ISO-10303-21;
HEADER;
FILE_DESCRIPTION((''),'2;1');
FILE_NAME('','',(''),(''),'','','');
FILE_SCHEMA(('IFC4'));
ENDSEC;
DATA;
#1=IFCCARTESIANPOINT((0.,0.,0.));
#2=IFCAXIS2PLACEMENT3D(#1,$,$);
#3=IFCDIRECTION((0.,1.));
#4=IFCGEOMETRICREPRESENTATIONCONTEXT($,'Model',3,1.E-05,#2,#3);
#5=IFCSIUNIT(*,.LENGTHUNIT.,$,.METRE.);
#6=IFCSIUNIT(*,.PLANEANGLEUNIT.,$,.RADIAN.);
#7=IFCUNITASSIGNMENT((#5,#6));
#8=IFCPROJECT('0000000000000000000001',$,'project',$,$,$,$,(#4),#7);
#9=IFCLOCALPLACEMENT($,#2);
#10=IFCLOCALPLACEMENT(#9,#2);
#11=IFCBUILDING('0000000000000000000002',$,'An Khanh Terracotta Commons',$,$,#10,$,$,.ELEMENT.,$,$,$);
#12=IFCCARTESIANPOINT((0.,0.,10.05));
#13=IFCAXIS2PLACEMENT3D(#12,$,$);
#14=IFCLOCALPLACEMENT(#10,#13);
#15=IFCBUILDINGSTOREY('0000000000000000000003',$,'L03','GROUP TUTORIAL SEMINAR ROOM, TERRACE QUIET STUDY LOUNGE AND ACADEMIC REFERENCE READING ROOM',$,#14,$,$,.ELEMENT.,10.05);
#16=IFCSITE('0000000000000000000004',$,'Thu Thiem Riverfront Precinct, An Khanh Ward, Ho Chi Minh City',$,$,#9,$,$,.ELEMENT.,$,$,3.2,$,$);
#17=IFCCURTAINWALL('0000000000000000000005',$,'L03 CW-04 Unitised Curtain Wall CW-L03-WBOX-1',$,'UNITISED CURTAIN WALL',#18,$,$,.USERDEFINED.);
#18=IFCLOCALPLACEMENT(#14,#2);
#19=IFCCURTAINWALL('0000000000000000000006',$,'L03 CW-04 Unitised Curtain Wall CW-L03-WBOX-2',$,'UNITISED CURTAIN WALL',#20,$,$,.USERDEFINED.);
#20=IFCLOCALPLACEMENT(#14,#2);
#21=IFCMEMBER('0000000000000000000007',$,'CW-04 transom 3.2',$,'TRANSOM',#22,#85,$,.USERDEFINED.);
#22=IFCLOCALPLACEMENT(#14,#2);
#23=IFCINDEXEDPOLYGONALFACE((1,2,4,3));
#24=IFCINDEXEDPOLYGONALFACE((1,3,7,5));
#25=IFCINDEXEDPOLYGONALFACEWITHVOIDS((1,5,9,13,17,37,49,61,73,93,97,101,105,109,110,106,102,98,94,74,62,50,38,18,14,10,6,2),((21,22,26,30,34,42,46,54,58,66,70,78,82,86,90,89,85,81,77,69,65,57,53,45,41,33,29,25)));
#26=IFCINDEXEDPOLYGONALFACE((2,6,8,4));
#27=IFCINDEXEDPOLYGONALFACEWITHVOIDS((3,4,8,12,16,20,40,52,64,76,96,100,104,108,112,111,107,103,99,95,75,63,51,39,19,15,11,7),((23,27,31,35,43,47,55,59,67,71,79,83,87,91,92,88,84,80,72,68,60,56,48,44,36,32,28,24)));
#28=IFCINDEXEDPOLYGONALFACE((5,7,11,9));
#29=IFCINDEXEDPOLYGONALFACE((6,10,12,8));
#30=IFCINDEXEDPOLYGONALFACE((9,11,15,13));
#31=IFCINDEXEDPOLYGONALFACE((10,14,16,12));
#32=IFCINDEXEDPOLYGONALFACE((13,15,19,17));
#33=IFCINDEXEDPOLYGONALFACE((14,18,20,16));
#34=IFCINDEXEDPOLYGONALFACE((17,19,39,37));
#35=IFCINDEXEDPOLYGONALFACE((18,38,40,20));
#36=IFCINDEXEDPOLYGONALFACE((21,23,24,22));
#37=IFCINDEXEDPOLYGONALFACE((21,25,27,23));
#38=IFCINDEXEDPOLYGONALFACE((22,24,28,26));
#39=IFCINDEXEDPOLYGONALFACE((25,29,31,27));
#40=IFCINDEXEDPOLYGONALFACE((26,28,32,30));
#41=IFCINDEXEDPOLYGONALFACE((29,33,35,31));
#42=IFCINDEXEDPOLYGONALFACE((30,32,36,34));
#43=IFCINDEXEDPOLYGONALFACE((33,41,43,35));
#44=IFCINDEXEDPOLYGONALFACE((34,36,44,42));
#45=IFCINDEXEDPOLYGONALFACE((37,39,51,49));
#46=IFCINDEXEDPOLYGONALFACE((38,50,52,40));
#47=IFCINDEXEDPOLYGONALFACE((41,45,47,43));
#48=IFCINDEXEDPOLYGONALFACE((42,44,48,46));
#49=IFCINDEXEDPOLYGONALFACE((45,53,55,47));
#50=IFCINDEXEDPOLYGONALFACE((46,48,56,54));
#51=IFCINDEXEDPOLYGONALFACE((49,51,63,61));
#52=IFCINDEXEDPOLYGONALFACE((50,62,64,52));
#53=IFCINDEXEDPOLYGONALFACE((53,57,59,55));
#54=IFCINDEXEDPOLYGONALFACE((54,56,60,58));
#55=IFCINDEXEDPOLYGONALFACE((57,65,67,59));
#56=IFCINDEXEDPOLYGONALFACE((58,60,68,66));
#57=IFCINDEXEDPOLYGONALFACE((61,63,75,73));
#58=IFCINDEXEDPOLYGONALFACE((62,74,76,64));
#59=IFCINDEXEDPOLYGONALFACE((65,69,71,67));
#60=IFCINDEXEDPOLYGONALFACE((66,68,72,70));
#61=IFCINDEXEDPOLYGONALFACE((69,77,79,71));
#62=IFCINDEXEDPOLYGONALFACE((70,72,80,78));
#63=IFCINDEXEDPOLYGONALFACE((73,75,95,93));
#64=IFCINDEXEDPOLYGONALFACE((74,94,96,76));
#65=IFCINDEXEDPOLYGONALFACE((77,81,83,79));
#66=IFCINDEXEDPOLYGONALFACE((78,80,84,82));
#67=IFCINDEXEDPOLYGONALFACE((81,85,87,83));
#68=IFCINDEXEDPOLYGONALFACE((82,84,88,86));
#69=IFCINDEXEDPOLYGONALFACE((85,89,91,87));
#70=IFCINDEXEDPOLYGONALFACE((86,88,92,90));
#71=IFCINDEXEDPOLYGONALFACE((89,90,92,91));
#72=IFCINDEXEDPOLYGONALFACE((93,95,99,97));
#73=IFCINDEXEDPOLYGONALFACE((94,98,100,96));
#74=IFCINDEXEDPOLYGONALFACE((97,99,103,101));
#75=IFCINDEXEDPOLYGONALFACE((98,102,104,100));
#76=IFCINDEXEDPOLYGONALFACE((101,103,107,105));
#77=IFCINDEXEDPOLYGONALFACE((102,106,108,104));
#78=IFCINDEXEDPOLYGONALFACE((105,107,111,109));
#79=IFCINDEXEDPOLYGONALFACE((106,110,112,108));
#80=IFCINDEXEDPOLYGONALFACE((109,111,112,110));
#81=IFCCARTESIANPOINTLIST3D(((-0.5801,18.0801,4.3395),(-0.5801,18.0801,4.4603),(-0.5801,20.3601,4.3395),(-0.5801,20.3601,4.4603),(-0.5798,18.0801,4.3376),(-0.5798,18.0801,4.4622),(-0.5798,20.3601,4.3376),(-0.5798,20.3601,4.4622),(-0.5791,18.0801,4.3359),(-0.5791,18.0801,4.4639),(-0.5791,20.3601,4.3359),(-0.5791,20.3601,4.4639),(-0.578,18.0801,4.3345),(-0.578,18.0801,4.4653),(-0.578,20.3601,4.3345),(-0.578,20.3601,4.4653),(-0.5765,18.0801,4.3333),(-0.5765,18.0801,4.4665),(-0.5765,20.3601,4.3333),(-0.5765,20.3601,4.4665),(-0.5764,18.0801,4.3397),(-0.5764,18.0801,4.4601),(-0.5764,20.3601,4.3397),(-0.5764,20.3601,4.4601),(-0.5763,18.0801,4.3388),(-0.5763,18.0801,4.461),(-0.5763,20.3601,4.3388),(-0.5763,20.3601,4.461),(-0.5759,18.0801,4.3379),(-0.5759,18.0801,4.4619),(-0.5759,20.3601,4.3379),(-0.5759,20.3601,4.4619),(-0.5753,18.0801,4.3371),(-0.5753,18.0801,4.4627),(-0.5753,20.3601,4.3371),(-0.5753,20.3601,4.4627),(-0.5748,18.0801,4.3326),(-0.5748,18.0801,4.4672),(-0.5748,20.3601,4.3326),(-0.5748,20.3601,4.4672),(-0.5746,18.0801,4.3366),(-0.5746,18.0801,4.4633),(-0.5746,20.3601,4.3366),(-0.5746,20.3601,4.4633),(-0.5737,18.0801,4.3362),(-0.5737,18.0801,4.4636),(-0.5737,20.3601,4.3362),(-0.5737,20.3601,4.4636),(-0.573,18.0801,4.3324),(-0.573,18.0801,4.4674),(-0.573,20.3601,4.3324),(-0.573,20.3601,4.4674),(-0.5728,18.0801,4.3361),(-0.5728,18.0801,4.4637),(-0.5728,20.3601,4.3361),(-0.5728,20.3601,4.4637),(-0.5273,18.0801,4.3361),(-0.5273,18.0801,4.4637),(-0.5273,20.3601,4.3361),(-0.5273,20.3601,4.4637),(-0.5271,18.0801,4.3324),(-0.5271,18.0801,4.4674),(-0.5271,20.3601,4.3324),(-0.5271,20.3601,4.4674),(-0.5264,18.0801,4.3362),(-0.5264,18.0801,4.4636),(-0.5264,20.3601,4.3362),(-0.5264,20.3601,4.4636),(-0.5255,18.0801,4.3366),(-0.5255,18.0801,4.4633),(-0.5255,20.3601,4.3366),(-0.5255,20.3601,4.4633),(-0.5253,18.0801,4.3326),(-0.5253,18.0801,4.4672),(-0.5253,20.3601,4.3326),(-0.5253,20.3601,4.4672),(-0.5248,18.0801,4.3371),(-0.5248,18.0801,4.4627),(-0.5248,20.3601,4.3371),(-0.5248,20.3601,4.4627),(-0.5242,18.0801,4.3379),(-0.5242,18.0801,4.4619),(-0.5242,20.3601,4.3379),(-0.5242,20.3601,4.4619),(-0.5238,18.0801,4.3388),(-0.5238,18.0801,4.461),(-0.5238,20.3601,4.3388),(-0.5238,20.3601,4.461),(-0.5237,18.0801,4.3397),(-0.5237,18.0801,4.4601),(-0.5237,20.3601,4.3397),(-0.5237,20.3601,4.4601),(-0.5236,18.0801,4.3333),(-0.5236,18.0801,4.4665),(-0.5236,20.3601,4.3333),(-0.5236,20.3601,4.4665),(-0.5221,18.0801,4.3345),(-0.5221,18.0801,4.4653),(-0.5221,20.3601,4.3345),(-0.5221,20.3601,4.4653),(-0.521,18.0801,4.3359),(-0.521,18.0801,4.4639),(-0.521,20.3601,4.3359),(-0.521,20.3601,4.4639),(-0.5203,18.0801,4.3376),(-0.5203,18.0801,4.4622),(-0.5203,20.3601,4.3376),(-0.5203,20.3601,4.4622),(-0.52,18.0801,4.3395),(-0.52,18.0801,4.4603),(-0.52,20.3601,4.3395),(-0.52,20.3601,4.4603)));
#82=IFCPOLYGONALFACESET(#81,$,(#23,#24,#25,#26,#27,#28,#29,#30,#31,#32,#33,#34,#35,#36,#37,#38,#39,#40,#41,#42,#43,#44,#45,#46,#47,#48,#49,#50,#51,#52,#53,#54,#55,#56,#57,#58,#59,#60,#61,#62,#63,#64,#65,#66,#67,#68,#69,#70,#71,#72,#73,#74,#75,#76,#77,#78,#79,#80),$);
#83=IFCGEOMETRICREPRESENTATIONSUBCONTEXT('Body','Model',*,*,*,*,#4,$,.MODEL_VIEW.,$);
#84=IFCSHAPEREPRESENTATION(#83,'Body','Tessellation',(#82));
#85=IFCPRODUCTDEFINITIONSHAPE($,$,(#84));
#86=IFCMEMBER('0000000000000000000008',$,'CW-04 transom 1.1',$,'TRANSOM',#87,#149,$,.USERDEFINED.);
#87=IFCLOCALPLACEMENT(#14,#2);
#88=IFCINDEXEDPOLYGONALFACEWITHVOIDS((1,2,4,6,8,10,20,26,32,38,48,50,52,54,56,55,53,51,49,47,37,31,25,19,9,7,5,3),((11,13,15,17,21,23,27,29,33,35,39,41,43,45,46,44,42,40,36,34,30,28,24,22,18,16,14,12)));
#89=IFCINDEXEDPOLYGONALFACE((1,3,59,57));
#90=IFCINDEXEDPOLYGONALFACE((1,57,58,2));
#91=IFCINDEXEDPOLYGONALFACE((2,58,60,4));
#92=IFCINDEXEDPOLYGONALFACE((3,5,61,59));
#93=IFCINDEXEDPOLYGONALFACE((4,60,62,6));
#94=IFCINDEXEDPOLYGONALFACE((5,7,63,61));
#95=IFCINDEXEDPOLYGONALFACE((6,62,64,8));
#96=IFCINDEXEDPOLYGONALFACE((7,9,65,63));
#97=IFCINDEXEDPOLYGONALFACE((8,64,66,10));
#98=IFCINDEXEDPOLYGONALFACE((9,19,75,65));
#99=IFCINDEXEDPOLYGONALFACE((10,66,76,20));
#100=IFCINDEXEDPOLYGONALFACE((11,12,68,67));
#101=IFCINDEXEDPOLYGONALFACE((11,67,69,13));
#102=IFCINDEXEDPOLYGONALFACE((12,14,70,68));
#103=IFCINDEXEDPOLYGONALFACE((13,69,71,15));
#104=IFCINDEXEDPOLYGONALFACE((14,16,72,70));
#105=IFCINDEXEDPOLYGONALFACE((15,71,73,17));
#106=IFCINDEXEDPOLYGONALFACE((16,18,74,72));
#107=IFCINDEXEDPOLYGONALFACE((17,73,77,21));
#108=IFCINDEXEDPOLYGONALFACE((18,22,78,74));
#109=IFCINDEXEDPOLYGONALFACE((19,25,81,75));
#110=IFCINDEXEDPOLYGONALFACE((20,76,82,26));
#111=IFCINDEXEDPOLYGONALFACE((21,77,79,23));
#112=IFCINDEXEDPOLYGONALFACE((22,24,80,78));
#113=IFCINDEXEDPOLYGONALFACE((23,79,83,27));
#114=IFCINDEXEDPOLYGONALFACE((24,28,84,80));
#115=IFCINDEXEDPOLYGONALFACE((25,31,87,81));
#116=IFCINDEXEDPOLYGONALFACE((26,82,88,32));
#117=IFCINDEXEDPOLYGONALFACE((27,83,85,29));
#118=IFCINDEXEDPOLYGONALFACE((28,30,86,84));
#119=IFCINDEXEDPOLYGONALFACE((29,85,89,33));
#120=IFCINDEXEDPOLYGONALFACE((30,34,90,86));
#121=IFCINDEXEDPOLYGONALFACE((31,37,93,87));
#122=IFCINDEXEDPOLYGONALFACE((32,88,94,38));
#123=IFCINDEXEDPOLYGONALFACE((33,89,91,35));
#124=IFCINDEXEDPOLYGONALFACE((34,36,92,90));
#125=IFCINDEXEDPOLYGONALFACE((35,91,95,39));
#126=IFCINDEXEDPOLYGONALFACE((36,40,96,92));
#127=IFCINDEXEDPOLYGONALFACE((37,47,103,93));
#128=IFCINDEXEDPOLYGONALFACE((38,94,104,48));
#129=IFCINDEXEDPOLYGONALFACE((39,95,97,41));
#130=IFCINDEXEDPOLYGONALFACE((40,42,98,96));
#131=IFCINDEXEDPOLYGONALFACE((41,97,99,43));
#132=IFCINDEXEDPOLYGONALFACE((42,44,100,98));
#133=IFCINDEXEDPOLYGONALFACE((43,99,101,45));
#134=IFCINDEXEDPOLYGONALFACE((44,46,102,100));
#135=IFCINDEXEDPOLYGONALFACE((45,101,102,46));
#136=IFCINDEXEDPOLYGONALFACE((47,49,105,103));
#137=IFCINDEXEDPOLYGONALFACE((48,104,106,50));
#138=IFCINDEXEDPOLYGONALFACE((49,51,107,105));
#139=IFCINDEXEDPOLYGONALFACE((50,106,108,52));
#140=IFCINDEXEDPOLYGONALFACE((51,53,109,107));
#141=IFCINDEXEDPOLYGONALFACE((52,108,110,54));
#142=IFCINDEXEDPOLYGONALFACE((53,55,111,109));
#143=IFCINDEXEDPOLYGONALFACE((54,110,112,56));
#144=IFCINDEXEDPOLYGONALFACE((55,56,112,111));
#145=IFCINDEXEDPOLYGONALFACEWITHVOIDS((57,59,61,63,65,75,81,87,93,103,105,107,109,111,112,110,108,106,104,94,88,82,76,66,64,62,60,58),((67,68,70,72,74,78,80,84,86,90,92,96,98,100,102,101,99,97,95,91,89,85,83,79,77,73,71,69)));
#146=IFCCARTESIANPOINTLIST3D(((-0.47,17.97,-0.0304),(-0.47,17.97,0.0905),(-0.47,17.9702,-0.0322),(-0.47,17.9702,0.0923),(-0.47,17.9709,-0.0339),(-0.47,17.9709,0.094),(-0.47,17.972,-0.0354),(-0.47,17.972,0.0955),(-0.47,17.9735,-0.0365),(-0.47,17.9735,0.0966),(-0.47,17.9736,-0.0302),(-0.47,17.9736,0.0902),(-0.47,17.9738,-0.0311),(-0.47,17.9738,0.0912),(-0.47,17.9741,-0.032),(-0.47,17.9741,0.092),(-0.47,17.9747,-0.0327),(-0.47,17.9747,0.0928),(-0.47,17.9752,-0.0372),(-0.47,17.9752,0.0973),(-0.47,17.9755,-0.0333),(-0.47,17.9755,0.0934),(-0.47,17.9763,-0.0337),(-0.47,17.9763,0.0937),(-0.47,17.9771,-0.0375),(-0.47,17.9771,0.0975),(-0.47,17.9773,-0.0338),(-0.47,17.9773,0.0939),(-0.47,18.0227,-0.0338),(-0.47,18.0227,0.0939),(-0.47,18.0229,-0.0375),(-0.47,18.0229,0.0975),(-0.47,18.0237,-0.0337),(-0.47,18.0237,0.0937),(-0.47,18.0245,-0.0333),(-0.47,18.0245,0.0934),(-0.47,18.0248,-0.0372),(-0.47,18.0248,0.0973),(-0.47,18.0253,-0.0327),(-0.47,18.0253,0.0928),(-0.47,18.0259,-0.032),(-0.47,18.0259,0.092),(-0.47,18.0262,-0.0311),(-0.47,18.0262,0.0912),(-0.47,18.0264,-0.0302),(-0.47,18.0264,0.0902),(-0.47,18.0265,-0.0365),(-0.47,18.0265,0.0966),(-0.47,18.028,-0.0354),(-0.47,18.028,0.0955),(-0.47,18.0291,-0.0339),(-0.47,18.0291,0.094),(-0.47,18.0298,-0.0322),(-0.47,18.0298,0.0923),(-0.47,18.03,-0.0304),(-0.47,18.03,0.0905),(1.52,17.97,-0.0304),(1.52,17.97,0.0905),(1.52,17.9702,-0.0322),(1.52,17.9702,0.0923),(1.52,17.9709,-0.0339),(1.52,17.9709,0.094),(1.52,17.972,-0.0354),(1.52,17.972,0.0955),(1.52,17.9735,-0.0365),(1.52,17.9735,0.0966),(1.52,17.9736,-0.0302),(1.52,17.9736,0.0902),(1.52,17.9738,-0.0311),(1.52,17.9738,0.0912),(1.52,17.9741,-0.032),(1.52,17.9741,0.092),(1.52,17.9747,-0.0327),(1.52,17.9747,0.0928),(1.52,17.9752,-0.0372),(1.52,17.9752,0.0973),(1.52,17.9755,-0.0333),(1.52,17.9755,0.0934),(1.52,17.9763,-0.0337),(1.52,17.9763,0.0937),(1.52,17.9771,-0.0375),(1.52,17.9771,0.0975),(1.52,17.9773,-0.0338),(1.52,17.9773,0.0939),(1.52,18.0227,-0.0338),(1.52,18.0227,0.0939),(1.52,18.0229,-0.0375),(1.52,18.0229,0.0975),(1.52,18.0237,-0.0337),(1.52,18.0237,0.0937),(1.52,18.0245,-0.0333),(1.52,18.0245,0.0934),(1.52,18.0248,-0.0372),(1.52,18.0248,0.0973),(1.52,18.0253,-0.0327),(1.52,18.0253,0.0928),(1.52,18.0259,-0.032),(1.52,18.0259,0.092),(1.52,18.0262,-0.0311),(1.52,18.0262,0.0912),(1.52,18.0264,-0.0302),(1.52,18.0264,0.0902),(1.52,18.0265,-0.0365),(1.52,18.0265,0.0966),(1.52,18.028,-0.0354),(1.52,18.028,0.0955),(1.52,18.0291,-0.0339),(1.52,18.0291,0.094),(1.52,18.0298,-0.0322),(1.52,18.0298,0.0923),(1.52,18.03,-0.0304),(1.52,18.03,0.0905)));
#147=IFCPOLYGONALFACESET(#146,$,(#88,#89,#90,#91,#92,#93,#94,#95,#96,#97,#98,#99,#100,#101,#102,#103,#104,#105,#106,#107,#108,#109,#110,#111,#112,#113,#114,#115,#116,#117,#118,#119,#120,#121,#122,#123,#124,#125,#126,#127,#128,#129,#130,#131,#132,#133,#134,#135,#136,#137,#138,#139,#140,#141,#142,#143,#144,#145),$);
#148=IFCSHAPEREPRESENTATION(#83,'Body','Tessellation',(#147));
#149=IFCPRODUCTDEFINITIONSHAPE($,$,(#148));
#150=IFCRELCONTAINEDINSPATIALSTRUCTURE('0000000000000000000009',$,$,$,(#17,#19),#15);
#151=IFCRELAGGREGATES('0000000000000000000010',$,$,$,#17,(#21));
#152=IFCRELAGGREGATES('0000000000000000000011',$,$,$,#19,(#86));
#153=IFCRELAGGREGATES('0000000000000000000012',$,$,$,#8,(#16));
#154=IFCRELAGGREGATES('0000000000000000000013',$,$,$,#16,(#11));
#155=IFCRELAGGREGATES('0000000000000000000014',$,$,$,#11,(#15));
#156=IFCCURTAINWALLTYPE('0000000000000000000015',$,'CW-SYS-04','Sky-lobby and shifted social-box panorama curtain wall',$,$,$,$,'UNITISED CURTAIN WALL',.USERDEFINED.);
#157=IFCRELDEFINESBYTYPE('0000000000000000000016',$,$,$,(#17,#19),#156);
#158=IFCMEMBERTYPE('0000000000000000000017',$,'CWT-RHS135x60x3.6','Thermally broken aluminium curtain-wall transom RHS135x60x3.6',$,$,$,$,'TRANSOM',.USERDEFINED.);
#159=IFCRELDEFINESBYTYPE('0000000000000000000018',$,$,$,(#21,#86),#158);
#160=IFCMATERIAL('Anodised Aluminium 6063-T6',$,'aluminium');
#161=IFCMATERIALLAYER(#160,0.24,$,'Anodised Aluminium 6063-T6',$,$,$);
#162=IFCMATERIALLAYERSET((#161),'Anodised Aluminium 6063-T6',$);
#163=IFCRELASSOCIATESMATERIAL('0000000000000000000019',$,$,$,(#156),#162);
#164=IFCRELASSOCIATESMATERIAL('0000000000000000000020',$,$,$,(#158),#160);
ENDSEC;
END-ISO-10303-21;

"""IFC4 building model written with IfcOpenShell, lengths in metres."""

from ifc_helpers import new_model, si_unit, direction, frame, origin, origin_2d, place, context, subcontext, project, spatial, hollow_rectangle, extrude, material, layer, layer_set, material_profile, profile_set, type_object, element, aggregate, save


model = new_model("IFC4")

# Units and contexts
model_context = context("Model", 3, precision=1e-05, world=origin(), true_north=direction((0.0, 1.0)))
body_context = subcontext(model_context, "Body", "Model", "MODEL_VIEW")
ifc_project = project(units=[si_unit("LENGTHUNIT", "METRE"), si_unit("PLANEANGLEUNIT", "RADIAN")], contexts=[model_context])

# Site, building, storey
site_placement = place(None, origin())
site = spatial("IfcSite", under=ifc_project, at=site_placement, Name="Thu Thiem Riverfront Precinct, An Khanh Ward, Ho Chi Minh City", CompositionType="ELEMENT", RefElevation=3.2)
building_placement = place(site_placement, origin())
building = spatial("IfcBuilding", under=site, at=building_placement, Name="An Khanh Terracotta Commons", CompositionType="ELEMENT")
storey_placement = place(building_placement, frame((0.0, 0.0, 10.05)))
storey = spatial("IfcBuildingStorey", under=building, at=storey_placement, Name="L03", Description="GROUP TUTORIAL SEMINAR ROOM, TERRACE QUIET STUDY LOUNGE AND ACADEMIC REFERENCE READING ROOM", CompositionType="ELEMENT", Elevation=10.05)

# Curtain walls
ifc_material_1 = material(Name="Anodised Aluminium 6063-T6", Category="aluminium")
ifc_layer_1 = layer(ifc_material_1, 0.24, Name="Anodised Aluminium 6063-T6")
ifc_layer_set_1 = layer_set([ifc_layer_1], Name="Anodised Aluminium 6063-T6")
curtain_wall_type = type_object("IfcCurtainWallType", Name="CW-SYS-04", Description="Sky-lobby and shifted social-box panorama curtain wall", ElementType="UNITISED CURTAIN WALL", PredefinedType="USERDEFINED", material=ifc_layer_set_1)
curtain_wall_1_placement = place(storey_placement, origin())
curtain_wall_1 = element("IfcCurtainWall", 1, at=curtain_wall_1_placement, inside=storey, type_object=curtain_wall_type, Name="L03 CW-04 Unitised Curtain Wall CW-L03-WBOX-1", ObjectType="UNITISED CURTAIN WALL", PredefinedType="USERDEFINED")
curtain_wall_2_placement = place(storey_placement, origin())
curtain_wall_2 = element("IfcCurtainWall", 2, at=curtain_wall_2_placement, inside=storey, type_object=curtain_wall_type, Name="L03 CW-04 Unitised Curtain Wall CW-L03-WBOX-2", ObjectType="UNITISED CURTAIN WALL", PredefinedType="USERDEFINED")

# Members
ifc_material_profile_1 = material_profile(ifc_material_1, hollow_rectangle(XDim=0.0601, YDim=0.135, WallThickness=0.0037, InnerFilletRadius=0.0037, OuterFilletRadius=0.0071, at=origin_2d()), Name="RHS135x60x3.6")
ifc_profile_set_1 = profile_set([ifc_material_profile_1], Name="Anodised Aluminium 6063-T6")
member_type_1 = type_object("IfcMemberType", Name="CWT-RHS135x60x3.6", Description="Thermally broken aluminium curtain-wall transom RHS135x60x3.6", ElementType="TRANSOM", PredefinedType="USERDEFINED", material=ifc_profile_set_1)
member_1_placement = place(storey_placement, frame((-0.55, 20.3601, 4.3999), z_axis=(0.0, -1.0, 0.0), x_axis=(1.0, 0.0, 0.0)))
member_1 = element("IfcMember", 3, at=member_1_placement, type_object=member_type_1, Name="CW-04 transom 3.2", ObjectType="TRANSOM", PredefinedType="USERDEFINED", context=body_context, shape_type="SweptSolid", body=[
    extrude(hollow_rectangle(XDim=0.0601, YDim=0.135, WallThickness=0.0037, InnerFilletRadius=0.0037, OuterFilletRadius=0.0071, at=origin_2d()), origin(), (0.0, 0.0, 1.0), 2.28),
])
member_2_placement = place(storey_placement, frame((1.52, 18.0, 0.03), z_axis=(-1.0, 0.0, 0.0), x_axis=(0.0, -1.0, 0.0)))
member_2 = element("IfcMember", 4, at=member_2_placement, type_object=member_type_1, Name="CW-04 transom 1.1", ObjectType="TRANSOM", PredefinedType="USERDEFINED", context=body_context, shape_type="SweptSolid", body=[
    extrude(hollow_rectangle(XDim=0.0601, YDim=0.135, WallThickness=0.0037, InnerFilletRadius=0.0037, OuterFilletRadius=0.0071, at=origin_2d()), origin(), (0.0, 0.0, 1.0), 1.99),
])

aggregate(curtain_wall_1, [member_1])
aggregate(curtain_wall_2, [member_2])

save(model, "model.ifc")
